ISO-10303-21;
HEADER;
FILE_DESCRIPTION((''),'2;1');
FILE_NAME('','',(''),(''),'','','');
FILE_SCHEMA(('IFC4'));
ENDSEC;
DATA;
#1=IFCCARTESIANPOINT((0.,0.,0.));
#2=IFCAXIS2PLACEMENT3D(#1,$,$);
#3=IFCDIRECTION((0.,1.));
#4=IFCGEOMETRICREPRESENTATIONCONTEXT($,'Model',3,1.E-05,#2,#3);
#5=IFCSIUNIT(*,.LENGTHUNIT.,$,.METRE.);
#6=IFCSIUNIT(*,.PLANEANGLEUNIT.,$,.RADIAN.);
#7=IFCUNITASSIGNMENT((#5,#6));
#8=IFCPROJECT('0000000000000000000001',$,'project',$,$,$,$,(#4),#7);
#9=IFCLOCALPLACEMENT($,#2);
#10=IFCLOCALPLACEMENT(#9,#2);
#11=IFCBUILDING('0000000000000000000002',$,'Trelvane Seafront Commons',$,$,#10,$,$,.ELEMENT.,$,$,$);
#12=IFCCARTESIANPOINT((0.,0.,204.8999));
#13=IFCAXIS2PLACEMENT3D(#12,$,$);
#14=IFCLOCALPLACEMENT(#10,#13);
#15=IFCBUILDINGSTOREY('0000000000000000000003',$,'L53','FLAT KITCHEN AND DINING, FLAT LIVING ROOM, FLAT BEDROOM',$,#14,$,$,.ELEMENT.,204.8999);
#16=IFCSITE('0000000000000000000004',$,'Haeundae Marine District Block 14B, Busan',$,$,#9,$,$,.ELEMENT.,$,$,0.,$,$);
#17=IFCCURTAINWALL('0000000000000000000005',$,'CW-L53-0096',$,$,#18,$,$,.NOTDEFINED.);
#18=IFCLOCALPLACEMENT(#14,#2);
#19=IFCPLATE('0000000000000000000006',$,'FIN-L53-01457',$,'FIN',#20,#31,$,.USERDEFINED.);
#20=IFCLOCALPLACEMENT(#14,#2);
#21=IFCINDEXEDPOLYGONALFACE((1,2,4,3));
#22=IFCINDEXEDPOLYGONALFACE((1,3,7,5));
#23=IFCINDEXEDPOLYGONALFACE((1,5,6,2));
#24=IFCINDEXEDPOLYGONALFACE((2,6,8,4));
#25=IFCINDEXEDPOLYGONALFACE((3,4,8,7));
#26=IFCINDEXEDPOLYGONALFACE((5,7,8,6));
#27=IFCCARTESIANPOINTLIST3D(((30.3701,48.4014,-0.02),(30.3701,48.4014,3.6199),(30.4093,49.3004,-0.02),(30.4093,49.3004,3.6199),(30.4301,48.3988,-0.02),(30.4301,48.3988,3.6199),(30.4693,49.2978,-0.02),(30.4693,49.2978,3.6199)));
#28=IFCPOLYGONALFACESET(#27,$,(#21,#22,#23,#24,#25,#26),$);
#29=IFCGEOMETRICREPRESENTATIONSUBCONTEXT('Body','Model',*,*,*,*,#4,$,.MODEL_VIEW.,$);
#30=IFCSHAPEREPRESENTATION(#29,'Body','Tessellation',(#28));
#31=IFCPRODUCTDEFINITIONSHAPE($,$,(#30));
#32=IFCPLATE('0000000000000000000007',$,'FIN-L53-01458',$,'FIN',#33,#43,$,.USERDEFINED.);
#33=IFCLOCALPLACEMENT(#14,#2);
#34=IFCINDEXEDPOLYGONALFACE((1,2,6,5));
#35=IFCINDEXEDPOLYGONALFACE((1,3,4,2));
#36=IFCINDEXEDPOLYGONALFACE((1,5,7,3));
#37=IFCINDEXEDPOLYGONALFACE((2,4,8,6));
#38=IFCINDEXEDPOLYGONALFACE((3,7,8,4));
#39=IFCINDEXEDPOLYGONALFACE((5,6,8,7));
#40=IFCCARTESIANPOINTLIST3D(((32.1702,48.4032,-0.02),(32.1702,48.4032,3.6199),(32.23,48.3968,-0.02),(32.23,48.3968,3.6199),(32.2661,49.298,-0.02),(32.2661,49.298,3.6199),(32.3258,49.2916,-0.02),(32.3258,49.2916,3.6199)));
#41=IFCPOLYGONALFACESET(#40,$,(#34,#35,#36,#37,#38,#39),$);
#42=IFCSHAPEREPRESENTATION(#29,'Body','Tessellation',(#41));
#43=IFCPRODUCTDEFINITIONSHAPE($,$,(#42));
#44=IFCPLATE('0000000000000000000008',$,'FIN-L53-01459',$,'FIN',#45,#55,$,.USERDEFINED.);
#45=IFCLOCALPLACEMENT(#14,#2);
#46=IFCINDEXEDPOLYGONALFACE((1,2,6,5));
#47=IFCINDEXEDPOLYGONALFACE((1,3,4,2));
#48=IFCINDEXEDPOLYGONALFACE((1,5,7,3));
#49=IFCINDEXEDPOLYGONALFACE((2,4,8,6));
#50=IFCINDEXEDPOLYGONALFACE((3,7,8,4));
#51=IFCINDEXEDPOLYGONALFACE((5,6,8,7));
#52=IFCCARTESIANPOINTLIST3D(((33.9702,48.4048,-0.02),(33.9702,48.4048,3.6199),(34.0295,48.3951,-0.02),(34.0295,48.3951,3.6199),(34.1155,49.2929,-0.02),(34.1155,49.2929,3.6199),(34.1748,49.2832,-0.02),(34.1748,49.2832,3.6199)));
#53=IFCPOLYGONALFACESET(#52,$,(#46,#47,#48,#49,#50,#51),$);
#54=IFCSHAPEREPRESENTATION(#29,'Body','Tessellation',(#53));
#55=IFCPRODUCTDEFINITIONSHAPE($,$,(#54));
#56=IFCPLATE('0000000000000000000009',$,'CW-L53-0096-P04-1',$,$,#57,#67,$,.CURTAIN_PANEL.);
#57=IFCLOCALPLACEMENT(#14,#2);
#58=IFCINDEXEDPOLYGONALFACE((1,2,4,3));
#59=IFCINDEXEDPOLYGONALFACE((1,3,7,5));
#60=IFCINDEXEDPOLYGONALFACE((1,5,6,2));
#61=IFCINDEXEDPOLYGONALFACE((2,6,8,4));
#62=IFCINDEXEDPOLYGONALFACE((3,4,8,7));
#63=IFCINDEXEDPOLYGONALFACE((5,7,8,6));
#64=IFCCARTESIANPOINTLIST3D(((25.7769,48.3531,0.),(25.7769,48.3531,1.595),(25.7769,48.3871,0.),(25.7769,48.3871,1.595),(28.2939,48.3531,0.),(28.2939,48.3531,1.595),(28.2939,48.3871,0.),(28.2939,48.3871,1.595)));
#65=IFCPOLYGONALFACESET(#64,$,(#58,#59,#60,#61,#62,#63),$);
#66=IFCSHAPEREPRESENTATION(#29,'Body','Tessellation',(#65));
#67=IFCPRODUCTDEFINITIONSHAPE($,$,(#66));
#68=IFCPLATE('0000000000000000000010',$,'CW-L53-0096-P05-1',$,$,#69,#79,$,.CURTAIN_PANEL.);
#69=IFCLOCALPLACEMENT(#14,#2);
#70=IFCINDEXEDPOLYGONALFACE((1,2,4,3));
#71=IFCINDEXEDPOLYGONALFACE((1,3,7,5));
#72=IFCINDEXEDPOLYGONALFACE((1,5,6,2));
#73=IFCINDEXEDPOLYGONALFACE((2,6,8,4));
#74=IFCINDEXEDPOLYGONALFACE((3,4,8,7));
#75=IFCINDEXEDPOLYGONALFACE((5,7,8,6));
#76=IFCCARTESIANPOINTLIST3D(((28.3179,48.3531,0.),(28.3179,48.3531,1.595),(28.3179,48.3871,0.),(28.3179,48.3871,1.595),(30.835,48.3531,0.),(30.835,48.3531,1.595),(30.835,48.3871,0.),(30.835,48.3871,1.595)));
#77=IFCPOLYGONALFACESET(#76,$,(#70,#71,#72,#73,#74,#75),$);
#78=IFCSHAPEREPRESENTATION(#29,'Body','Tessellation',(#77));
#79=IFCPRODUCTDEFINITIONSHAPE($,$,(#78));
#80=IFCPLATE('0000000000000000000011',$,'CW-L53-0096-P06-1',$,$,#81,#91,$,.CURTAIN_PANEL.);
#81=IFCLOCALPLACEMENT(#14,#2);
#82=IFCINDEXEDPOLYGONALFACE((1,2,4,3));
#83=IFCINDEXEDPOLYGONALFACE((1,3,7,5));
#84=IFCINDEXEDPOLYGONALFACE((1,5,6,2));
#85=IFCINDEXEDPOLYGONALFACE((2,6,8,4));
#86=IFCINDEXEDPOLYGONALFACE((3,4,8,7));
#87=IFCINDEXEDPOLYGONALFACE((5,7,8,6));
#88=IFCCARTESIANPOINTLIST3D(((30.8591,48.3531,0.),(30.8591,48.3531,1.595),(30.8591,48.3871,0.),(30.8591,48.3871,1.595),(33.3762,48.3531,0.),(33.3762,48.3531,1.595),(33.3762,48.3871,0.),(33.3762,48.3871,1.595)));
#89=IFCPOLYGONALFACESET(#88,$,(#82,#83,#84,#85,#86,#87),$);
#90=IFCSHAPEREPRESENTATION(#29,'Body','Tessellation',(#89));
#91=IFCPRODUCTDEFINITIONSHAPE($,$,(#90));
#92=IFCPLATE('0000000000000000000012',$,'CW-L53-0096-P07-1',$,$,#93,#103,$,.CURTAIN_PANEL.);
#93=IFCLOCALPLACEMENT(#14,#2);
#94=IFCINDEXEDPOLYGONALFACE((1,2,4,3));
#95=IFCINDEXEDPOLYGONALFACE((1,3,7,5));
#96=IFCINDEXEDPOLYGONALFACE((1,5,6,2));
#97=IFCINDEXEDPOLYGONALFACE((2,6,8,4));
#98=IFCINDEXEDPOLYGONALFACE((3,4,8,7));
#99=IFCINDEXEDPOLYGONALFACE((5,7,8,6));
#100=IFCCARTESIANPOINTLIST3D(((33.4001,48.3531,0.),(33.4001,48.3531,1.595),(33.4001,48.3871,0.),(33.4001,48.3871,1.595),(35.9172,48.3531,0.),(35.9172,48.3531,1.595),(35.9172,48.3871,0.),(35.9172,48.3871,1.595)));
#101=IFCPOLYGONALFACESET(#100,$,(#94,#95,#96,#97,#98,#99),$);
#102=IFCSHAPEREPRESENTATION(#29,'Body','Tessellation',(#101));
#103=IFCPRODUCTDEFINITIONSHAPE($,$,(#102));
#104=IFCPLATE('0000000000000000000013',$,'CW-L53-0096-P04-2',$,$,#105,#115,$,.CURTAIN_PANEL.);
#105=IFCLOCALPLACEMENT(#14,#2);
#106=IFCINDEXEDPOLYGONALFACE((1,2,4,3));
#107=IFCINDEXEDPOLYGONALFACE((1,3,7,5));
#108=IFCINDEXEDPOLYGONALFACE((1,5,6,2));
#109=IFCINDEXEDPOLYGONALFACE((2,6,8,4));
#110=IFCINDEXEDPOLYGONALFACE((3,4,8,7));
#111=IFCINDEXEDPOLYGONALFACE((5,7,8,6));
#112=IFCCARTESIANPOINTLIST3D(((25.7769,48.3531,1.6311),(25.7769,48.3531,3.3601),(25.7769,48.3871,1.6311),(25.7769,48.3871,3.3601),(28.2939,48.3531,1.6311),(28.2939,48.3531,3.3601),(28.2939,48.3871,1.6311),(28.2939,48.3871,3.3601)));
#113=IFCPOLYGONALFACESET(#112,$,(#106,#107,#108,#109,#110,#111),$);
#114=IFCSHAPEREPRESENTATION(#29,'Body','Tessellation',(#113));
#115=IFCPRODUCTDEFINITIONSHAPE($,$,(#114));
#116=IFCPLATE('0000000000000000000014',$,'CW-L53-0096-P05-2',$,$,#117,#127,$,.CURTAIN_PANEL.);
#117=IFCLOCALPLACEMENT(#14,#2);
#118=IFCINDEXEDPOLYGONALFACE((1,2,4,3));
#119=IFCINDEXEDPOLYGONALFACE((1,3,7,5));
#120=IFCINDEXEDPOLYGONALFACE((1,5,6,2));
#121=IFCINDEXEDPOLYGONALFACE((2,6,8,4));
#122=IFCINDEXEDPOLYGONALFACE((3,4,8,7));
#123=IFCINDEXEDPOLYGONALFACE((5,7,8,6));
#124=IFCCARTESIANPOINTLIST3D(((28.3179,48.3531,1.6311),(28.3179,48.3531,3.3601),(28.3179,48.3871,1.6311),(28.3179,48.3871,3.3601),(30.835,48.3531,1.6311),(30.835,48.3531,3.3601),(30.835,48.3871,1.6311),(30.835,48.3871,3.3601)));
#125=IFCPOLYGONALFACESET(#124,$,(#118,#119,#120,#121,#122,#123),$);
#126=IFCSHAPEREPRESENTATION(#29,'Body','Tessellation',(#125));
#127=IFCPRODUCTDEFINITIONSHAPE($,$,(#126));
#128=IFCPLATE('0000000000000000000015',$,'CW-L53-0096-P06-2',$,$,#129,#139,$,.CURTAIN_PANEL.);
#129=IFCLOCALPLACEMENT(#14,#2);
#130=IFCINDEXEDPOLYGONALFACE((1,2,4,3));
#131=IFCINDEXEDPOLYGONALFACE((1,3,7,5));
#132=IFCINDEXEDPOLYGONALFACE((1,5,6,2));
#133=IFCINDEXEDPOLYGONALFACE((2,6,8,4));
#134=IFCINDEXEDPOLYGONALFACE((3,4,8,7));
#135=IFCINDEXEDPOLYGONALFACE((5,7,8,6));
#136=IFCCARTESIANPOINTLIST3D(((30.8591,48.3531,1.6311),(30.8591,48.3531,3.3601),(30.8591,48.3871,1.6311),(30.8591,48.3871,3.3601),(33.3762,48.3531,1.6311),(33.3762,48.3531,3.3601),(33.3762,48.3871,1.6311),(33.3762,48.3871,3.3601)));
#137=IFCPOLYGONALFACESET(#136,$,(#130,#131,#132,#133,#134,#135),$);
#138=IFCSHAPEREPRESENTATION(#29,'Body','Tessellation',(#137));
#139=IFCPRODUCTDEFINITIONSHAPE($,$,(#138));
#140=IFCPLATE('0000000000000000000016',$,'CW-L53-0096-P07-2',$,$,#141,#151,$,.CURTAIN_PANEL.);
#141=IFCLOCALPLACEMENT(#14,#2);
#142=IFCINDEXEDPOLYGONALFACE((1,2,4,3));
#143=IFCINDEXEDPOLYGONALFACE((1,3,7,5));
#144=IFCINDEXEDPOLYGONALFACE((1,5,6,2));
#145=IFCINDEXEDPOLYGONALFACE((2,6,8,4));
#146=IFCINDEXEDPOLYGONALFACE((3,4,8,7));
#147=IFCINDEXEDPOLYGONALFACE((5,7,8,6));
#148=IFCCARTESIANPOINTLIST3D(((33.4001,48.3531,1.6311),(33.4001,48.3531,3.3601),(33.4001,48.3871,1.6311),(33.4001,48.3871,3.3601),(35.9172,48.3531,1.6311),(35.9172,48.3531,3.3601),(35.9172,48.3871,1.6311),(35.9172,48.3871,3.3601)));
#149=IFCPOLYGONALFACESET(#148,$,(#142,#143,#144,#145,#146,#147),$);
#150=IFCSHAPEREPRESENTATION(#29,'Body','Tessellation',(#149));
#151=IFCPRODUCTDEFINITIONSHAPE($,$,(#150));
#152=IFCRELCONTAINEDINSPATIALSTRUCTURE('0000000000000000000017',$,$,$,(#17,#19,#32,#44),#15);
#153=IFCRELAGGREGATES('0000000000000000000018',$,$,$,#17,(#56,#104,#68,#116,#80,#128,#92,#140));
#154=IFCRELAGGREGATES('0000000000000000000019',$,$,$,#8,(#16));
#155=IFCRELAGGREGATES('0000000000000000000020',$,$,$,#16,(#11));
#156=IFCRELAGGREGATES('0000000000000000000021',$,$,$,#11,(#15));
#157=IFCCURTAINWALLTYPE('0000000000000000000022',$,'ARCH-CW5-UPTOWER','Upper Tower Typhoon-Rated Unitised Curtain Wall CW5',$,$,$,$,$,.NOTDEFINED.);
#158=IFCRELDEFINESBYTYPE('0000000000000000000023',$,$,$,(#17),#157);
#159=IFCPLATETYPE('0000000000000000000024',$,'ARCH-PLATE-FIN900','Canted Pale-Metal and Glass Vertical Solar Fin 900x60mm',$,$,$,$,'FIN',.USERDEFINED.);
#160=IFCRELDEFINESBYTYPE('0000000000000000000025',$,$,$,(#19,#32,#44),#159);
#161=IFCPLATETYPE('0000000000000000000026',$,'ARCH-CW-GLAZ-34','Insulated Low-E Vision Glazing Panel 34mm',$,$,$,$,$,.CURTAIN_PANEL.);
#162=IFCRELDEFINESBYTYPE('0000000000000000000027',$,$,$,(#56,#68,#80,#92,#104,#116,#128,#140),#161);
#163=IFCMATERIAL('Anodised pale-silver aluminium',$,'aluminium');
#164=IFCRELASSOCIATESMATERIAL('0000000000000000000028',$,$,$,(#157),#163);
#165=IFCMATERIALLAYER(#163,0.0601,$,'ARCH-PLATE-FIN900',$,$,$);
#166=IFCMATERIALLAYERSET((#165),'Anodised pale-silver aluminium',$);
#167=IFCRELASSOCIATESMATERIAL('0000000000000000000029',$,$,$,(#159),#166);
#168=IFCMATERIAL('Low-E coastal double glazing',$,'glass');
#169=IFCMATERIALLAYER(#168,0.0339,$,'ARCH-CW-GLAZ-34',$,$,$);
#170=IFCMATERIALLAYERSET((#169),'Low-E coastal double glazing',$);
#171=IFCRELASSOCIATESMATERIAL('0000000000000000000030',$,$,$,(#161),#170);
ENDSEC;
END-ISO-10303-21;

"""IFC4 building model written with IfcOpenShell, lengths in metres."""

from ifc_helpers import new_model, si_unit, direction, frame, origin, origin_2d, place, context, subcontext, project, spatial, rectangle, extrude, source, transform, mapped, material, layer, layer_set, type_object, element, aggregate, save


model = new_model("IFC4")

# Units and contexts
model_context = context("Model", 3, precision=1e-05, world=origin(), true_north=direction((0.0, 1.0)))
body_context = subcontext(model_context, "Body", "Model", "MODEL_VIEW")
ifc_project = project(units=[si_unit("LENGTHUNIT", "METRE"), si_unit("PLANEANGLEUNIT", "RADIAN")], contexts=[model_context])

# Site, building, storey
site_placement = place(None, origin())
site = spatial("IfcSite", under=ifc_project, at=site_placement, Name="Haeundae Marine District Block 14B, Busan", CompositionType="ELEMENT", RefElevation=0.0)
building_placement = place(site_placement, origin())
building = spatial("IfcBuilding", under=site, at=building_placement, Name="Trelvane Seafront Commons", CompositionType="ELEMENT")
storey_placement = place(building_placement, frame((0.0, 0.0, 204.8999)))
storey = spatial("IfcBuildingStorey", under=building, at=storey_placement, Name="L53", Description="FLAT KITCHEN AND DINING, FLAT LIVING ROOM, FLAT BEDROOM", CompositionType="ELEMENT", Elevation=204.8999)

# Curtain wall
ifc_material_1 = material(Name="Anodised pale-silver aluminium", Category="aluminium")
curtain_wall_type = type_object("IfcCurtainWallType", Name="ARCH-CW5-UPTOWER", Description="Upper Tower Typhoon-Rated Unitised Curtain Wall CW5", PredefinedType="NOTDEFINED", material=ifc_material_1)
curtain_wall_placement = place(storey_placement, origin())
curtain_wall = element("IfcCurtainWall", 1, at=curtain_wall_placement, inside=storey, type_object=curtain_wall_type, Name="CW-L53-0096", PredefinedType="NOTDEFINED")

# Plates
ifc_layer_1 = layer(ifc_material_1, 0.0601, Name="ARCH-PLATE-FIN900")
ifc_layer_set_1 = layer_set([ifc_layer_1], Name="Anodised pale-silver aluminium")
plate_type_1 = type_object("IfcPlateType", Name="ARCH-PLATE-FIN900", Description="Canted Pale-Metal and Glass Vertical Solar Fin 900x60mm", ElementType="FIN", PredefinedType="USERDEFINED", material=ifc_layer_set_1)
shared_shape_1 = source(origin(), body_context, "Body", "SweptSolid", [
    extrude(rectangle(XDim=0.8999, YDim=0.0601, at=origin_2d()), origin(), (0.0, 0.0, 1.0), 3.6399),
])
for number, where, z_axis, x_axis, name in (
    (2, (30.4197, 48.8496, -0.02), (0.0, 0.0, 1.0), (0.043558, 0.999051, 0.0), "FIN-L53-01457"),
    (3, (32.248, 48.8474, -0.02), (0.0, 0.0, 1.0), (0.106552, 0.994307, 0.0), "FIN-L53-01458"),
    (4, (34.0725, 48.844, -0.02), (0.0, 0.0, 1.0), (0.161444, 0.986882, 0.0), "FIN-L53-01459"),
):
    element("IfcPlate", number, at=place(storey_placement, frame(where, z_axis=z_axis, x_axis=x_axis)), inside=storey, type_object=plate_type_1, Name=name, ObjectType="FIN", PredefinedType="USERDEFINED", context=body_context, shape_type="MappedRepresentation", body=[
        mapped(shared_shape_1, transform((0.0, 0.0, 0.0), x_axis=(1.0, 0.0, 0.0), y_axis=(0.0, 1.0, 0.0), z_axis=(0.0, 0.0, 1.0), scale=1.0)),
    ])

# Plates
ifc_material_2 = material(Name="Low-E coastal double glazing", Category="glass")
ifc_layer_2 = layer(ifc_material_2, 0.0339, Name="ARCH-CW-GLAZ-34")
ifc_layer_set_2 = layer_set([ifc_layer_2], Name="Low-E coastal double glazing")
plate_type_2 = type_object("IfcPlateType", Name="ARCH-CW-GLAZ-34", Description="Insulated Low-E Vision Glazing Panel 34mm", PredefinedType="CURTAIN_PANEL", material=ifc_layer_set_2)
shared_shape_2 = source(origin(), body_context, "Body", "SweptSolid", [
    extrude(rectangle(XDim=2.5171, YDim=0.0339, at=origin_2d()), origin(), (0.0, 0.0, 1.0), 1.595),
])
plate_1_placement = place(storey_placement, frame((27.0354, 48.3701, 0.0), z_axis=(0.0, 0.0, 1.0), x_axis=(1.0, 0.0, 0.0)))
plate_1 = element("IfcPlate", 5, at=plate_1_placement, type_object=plate_type_2, Name="CW-L53-0096-P04-1", PredefinedType="CURTAIN_PANEL", context=body_context, shape_type="MappedRepresentation", body=[
    mapped(shared_shape_2, transform((0.0, 0.0, 0.0), x_axis=(1.0, 0.0, 0.0), y_axis=(0.0, 1.0, 0.0), z_axis=(0.0, 0.0, 1.0), scale=1.0)),
])
plate_2_placement = place(storey_placement, frame((29.5764, 48.3701, 0.0), z_axis=(0.0, 0.0, 1.0), x_axis=(1.0, 0.0, 0.0)))
plate_2 = element("IfcPlate", 6, at=plate_2_placement, type_object=plate_type_2, Name="CW-L53-0096-P05-1", PredefinedType="CURTAIN_PANEL", context=body_context, shape_type="MappedRepresentation", body=[
    mapped(shared_shape_2, transform((0.0, 0.0, 0.0), x_axis=(1.0, 0.0, 0.0), y_axis=(0.0, 1.0, 0.0), z_axis=(0.0, 0.0, 1.0), scale=1.0)),
])
plate_3_placement = place(storey_placement, frame((32.1177, 48.3701, 0.0), z_axis=(0.0, 0.0, 1.0), x_axis=(1.0, 0.0, 0.0)))
plate_3 = element("IfcPlate", 7, at=plate_3_placement, type_object=plate_type_2, Name="CW-L53-0096-P06-1", PredefinedType="CURTAIN_PANEL", context=body_context, shape_type="MappedRepresentation", body=[
    mapped(shared_shape_2, transform((0.0, 0.0, 0.0), x_axis=(1.0, 0.0, 0.0), y_axis=(0.0, 1.0, 0.0), z_axis=(0.0, 0.0, 1.0), scale=1.0)),
])
plate_4_placement = place(storey_placement, frame((34.6587, 48.3701, 0.0), z_axis=(0.0, 0.0, 1.0), x_axis=(1.0, 0.0, 0.0)))
plate_4 = element("IfcPlate", 8, at=plate_4_placement, type_object=plate_type_2, Name="CW-L53-0096-P07-1", PredefinedType="CURTAIN_PANEL", context=body_context, shape_type="MappedRepresentation", body=[
    mapped(shared_shape_2, transform((0.0, 0.0, 0.0), x_axis=(1.0, 0.0, 0.0), y_axis=(0.0, 1.0, 0.0), z_axis=(0.0, 0.0, 1.0), scale=1.0)),
])
shared_shape_3 = source(origin(), body_context, "Body", "SweptSolid", [
    extrude(rectangle(XDim=2.5171, YDim=0.0339, at=origin_2d()), origin(), (0.0, 0.0, 1.0), 1.729),
])
plate_5_placement = place(storey_placement, frame((27.0354, 48.3701, 1.6311), z_axis=(0.0, 0.0, 1.0), x_axis=(1.0, 0.0, 0.0)))
plate_5 = element("IfcPlate", 9, at=plate_5_placement, type_object=plate_type_2, Name="CW-L53-0096-P04-2", PredefinedType="CURTAIN_PANEL", context=body_context, shape_type="MappedRepresentation", body=[
    mapped(shared_shape_3, transform((0.0, 0.0, 0.0), x_axis=(1.0, 0.0, 0.0), y_axis=(0.0, 1.0, 0.0), z_axis=(0.0, 0.0, 1.0), scale=1.0)),
])
plate_6_placement = place(storey_placement, frame((29.5764, 48.3701, 1.6311), z_axis=(0.0, 0.0, 1.0), x_axis=(1.0, 0.0, 0.0)))
plate_6 = element("IfcPlate", 10, at=plate_6_placement, type_object=plate_type_2, Name="CW-L53-0096-P05-2", PredefinedType="CURTAIN_PANEL", context=body_context, shape_type="MappedRepresentation", body=[
    mapped(shared_shape_3, transform((0.0, 0.0, 0.0), x_axis=(1.0, 0.0, 0.0), y_axis=(0.0, 1.0, 0.0), z_axis=(0.0, 0.0, 1.0), scale=1.0)),
])
plate_7_placement = place(storey_placement, frame((32.1177, 48.3701, 1.6311), z_axis=(0.0, 0.0, 1.0), x_axis=(1.0, 0.0, 0.0)))
plate_7 = element("IfcPlate", 11, at=plate_7_placement, type_object=plate_type_2, Name="CW-L53-0096-P06-2", PredefinedType="CURTAIN_PANEL", context=body_context, shape_type="MappedRepresentation", body=[
    mapped(shared_shape_3, transform((0.0, 0.0, 0.0), x_axis=(1.0, 0.0, 0.0), y_axis=(0.0, 1.0, 0.0), z_axis=(0.0, 0.0, 1.0), scale=1.0)),
])
plate_8_placement = place(storey_placement, frame((34.6587, 48.3701, 1.6311), z_axis=(0.0, 0.0, 1.0), x_axis=(1.0, 0.0, 0.0)))
plate_8 = element("IfcPlate", 12, at=plate_8_placement, type_object=plate_type_2, Name="CW-L53-0096-P07-2", PredefinedType="CURTAIN_PANEL", context=body_context, shape_type="MappedRepresentation", body=[
    mapped(shared_shape_3, transform((0.0, 0.0, 0.0), x_axis=(1.0, 0.0, 0.0), y_axis=(0.0, 1.0, 0.0), z_axis=(0.0, 0.0, 1.0), scale=1.0)),
])
aggregate(curtain_wall, [plate_1, plate_5, plate_2, plate_6, plate_3, plate_7, plate_4, plate_8])

save(model, "model.ifc")
